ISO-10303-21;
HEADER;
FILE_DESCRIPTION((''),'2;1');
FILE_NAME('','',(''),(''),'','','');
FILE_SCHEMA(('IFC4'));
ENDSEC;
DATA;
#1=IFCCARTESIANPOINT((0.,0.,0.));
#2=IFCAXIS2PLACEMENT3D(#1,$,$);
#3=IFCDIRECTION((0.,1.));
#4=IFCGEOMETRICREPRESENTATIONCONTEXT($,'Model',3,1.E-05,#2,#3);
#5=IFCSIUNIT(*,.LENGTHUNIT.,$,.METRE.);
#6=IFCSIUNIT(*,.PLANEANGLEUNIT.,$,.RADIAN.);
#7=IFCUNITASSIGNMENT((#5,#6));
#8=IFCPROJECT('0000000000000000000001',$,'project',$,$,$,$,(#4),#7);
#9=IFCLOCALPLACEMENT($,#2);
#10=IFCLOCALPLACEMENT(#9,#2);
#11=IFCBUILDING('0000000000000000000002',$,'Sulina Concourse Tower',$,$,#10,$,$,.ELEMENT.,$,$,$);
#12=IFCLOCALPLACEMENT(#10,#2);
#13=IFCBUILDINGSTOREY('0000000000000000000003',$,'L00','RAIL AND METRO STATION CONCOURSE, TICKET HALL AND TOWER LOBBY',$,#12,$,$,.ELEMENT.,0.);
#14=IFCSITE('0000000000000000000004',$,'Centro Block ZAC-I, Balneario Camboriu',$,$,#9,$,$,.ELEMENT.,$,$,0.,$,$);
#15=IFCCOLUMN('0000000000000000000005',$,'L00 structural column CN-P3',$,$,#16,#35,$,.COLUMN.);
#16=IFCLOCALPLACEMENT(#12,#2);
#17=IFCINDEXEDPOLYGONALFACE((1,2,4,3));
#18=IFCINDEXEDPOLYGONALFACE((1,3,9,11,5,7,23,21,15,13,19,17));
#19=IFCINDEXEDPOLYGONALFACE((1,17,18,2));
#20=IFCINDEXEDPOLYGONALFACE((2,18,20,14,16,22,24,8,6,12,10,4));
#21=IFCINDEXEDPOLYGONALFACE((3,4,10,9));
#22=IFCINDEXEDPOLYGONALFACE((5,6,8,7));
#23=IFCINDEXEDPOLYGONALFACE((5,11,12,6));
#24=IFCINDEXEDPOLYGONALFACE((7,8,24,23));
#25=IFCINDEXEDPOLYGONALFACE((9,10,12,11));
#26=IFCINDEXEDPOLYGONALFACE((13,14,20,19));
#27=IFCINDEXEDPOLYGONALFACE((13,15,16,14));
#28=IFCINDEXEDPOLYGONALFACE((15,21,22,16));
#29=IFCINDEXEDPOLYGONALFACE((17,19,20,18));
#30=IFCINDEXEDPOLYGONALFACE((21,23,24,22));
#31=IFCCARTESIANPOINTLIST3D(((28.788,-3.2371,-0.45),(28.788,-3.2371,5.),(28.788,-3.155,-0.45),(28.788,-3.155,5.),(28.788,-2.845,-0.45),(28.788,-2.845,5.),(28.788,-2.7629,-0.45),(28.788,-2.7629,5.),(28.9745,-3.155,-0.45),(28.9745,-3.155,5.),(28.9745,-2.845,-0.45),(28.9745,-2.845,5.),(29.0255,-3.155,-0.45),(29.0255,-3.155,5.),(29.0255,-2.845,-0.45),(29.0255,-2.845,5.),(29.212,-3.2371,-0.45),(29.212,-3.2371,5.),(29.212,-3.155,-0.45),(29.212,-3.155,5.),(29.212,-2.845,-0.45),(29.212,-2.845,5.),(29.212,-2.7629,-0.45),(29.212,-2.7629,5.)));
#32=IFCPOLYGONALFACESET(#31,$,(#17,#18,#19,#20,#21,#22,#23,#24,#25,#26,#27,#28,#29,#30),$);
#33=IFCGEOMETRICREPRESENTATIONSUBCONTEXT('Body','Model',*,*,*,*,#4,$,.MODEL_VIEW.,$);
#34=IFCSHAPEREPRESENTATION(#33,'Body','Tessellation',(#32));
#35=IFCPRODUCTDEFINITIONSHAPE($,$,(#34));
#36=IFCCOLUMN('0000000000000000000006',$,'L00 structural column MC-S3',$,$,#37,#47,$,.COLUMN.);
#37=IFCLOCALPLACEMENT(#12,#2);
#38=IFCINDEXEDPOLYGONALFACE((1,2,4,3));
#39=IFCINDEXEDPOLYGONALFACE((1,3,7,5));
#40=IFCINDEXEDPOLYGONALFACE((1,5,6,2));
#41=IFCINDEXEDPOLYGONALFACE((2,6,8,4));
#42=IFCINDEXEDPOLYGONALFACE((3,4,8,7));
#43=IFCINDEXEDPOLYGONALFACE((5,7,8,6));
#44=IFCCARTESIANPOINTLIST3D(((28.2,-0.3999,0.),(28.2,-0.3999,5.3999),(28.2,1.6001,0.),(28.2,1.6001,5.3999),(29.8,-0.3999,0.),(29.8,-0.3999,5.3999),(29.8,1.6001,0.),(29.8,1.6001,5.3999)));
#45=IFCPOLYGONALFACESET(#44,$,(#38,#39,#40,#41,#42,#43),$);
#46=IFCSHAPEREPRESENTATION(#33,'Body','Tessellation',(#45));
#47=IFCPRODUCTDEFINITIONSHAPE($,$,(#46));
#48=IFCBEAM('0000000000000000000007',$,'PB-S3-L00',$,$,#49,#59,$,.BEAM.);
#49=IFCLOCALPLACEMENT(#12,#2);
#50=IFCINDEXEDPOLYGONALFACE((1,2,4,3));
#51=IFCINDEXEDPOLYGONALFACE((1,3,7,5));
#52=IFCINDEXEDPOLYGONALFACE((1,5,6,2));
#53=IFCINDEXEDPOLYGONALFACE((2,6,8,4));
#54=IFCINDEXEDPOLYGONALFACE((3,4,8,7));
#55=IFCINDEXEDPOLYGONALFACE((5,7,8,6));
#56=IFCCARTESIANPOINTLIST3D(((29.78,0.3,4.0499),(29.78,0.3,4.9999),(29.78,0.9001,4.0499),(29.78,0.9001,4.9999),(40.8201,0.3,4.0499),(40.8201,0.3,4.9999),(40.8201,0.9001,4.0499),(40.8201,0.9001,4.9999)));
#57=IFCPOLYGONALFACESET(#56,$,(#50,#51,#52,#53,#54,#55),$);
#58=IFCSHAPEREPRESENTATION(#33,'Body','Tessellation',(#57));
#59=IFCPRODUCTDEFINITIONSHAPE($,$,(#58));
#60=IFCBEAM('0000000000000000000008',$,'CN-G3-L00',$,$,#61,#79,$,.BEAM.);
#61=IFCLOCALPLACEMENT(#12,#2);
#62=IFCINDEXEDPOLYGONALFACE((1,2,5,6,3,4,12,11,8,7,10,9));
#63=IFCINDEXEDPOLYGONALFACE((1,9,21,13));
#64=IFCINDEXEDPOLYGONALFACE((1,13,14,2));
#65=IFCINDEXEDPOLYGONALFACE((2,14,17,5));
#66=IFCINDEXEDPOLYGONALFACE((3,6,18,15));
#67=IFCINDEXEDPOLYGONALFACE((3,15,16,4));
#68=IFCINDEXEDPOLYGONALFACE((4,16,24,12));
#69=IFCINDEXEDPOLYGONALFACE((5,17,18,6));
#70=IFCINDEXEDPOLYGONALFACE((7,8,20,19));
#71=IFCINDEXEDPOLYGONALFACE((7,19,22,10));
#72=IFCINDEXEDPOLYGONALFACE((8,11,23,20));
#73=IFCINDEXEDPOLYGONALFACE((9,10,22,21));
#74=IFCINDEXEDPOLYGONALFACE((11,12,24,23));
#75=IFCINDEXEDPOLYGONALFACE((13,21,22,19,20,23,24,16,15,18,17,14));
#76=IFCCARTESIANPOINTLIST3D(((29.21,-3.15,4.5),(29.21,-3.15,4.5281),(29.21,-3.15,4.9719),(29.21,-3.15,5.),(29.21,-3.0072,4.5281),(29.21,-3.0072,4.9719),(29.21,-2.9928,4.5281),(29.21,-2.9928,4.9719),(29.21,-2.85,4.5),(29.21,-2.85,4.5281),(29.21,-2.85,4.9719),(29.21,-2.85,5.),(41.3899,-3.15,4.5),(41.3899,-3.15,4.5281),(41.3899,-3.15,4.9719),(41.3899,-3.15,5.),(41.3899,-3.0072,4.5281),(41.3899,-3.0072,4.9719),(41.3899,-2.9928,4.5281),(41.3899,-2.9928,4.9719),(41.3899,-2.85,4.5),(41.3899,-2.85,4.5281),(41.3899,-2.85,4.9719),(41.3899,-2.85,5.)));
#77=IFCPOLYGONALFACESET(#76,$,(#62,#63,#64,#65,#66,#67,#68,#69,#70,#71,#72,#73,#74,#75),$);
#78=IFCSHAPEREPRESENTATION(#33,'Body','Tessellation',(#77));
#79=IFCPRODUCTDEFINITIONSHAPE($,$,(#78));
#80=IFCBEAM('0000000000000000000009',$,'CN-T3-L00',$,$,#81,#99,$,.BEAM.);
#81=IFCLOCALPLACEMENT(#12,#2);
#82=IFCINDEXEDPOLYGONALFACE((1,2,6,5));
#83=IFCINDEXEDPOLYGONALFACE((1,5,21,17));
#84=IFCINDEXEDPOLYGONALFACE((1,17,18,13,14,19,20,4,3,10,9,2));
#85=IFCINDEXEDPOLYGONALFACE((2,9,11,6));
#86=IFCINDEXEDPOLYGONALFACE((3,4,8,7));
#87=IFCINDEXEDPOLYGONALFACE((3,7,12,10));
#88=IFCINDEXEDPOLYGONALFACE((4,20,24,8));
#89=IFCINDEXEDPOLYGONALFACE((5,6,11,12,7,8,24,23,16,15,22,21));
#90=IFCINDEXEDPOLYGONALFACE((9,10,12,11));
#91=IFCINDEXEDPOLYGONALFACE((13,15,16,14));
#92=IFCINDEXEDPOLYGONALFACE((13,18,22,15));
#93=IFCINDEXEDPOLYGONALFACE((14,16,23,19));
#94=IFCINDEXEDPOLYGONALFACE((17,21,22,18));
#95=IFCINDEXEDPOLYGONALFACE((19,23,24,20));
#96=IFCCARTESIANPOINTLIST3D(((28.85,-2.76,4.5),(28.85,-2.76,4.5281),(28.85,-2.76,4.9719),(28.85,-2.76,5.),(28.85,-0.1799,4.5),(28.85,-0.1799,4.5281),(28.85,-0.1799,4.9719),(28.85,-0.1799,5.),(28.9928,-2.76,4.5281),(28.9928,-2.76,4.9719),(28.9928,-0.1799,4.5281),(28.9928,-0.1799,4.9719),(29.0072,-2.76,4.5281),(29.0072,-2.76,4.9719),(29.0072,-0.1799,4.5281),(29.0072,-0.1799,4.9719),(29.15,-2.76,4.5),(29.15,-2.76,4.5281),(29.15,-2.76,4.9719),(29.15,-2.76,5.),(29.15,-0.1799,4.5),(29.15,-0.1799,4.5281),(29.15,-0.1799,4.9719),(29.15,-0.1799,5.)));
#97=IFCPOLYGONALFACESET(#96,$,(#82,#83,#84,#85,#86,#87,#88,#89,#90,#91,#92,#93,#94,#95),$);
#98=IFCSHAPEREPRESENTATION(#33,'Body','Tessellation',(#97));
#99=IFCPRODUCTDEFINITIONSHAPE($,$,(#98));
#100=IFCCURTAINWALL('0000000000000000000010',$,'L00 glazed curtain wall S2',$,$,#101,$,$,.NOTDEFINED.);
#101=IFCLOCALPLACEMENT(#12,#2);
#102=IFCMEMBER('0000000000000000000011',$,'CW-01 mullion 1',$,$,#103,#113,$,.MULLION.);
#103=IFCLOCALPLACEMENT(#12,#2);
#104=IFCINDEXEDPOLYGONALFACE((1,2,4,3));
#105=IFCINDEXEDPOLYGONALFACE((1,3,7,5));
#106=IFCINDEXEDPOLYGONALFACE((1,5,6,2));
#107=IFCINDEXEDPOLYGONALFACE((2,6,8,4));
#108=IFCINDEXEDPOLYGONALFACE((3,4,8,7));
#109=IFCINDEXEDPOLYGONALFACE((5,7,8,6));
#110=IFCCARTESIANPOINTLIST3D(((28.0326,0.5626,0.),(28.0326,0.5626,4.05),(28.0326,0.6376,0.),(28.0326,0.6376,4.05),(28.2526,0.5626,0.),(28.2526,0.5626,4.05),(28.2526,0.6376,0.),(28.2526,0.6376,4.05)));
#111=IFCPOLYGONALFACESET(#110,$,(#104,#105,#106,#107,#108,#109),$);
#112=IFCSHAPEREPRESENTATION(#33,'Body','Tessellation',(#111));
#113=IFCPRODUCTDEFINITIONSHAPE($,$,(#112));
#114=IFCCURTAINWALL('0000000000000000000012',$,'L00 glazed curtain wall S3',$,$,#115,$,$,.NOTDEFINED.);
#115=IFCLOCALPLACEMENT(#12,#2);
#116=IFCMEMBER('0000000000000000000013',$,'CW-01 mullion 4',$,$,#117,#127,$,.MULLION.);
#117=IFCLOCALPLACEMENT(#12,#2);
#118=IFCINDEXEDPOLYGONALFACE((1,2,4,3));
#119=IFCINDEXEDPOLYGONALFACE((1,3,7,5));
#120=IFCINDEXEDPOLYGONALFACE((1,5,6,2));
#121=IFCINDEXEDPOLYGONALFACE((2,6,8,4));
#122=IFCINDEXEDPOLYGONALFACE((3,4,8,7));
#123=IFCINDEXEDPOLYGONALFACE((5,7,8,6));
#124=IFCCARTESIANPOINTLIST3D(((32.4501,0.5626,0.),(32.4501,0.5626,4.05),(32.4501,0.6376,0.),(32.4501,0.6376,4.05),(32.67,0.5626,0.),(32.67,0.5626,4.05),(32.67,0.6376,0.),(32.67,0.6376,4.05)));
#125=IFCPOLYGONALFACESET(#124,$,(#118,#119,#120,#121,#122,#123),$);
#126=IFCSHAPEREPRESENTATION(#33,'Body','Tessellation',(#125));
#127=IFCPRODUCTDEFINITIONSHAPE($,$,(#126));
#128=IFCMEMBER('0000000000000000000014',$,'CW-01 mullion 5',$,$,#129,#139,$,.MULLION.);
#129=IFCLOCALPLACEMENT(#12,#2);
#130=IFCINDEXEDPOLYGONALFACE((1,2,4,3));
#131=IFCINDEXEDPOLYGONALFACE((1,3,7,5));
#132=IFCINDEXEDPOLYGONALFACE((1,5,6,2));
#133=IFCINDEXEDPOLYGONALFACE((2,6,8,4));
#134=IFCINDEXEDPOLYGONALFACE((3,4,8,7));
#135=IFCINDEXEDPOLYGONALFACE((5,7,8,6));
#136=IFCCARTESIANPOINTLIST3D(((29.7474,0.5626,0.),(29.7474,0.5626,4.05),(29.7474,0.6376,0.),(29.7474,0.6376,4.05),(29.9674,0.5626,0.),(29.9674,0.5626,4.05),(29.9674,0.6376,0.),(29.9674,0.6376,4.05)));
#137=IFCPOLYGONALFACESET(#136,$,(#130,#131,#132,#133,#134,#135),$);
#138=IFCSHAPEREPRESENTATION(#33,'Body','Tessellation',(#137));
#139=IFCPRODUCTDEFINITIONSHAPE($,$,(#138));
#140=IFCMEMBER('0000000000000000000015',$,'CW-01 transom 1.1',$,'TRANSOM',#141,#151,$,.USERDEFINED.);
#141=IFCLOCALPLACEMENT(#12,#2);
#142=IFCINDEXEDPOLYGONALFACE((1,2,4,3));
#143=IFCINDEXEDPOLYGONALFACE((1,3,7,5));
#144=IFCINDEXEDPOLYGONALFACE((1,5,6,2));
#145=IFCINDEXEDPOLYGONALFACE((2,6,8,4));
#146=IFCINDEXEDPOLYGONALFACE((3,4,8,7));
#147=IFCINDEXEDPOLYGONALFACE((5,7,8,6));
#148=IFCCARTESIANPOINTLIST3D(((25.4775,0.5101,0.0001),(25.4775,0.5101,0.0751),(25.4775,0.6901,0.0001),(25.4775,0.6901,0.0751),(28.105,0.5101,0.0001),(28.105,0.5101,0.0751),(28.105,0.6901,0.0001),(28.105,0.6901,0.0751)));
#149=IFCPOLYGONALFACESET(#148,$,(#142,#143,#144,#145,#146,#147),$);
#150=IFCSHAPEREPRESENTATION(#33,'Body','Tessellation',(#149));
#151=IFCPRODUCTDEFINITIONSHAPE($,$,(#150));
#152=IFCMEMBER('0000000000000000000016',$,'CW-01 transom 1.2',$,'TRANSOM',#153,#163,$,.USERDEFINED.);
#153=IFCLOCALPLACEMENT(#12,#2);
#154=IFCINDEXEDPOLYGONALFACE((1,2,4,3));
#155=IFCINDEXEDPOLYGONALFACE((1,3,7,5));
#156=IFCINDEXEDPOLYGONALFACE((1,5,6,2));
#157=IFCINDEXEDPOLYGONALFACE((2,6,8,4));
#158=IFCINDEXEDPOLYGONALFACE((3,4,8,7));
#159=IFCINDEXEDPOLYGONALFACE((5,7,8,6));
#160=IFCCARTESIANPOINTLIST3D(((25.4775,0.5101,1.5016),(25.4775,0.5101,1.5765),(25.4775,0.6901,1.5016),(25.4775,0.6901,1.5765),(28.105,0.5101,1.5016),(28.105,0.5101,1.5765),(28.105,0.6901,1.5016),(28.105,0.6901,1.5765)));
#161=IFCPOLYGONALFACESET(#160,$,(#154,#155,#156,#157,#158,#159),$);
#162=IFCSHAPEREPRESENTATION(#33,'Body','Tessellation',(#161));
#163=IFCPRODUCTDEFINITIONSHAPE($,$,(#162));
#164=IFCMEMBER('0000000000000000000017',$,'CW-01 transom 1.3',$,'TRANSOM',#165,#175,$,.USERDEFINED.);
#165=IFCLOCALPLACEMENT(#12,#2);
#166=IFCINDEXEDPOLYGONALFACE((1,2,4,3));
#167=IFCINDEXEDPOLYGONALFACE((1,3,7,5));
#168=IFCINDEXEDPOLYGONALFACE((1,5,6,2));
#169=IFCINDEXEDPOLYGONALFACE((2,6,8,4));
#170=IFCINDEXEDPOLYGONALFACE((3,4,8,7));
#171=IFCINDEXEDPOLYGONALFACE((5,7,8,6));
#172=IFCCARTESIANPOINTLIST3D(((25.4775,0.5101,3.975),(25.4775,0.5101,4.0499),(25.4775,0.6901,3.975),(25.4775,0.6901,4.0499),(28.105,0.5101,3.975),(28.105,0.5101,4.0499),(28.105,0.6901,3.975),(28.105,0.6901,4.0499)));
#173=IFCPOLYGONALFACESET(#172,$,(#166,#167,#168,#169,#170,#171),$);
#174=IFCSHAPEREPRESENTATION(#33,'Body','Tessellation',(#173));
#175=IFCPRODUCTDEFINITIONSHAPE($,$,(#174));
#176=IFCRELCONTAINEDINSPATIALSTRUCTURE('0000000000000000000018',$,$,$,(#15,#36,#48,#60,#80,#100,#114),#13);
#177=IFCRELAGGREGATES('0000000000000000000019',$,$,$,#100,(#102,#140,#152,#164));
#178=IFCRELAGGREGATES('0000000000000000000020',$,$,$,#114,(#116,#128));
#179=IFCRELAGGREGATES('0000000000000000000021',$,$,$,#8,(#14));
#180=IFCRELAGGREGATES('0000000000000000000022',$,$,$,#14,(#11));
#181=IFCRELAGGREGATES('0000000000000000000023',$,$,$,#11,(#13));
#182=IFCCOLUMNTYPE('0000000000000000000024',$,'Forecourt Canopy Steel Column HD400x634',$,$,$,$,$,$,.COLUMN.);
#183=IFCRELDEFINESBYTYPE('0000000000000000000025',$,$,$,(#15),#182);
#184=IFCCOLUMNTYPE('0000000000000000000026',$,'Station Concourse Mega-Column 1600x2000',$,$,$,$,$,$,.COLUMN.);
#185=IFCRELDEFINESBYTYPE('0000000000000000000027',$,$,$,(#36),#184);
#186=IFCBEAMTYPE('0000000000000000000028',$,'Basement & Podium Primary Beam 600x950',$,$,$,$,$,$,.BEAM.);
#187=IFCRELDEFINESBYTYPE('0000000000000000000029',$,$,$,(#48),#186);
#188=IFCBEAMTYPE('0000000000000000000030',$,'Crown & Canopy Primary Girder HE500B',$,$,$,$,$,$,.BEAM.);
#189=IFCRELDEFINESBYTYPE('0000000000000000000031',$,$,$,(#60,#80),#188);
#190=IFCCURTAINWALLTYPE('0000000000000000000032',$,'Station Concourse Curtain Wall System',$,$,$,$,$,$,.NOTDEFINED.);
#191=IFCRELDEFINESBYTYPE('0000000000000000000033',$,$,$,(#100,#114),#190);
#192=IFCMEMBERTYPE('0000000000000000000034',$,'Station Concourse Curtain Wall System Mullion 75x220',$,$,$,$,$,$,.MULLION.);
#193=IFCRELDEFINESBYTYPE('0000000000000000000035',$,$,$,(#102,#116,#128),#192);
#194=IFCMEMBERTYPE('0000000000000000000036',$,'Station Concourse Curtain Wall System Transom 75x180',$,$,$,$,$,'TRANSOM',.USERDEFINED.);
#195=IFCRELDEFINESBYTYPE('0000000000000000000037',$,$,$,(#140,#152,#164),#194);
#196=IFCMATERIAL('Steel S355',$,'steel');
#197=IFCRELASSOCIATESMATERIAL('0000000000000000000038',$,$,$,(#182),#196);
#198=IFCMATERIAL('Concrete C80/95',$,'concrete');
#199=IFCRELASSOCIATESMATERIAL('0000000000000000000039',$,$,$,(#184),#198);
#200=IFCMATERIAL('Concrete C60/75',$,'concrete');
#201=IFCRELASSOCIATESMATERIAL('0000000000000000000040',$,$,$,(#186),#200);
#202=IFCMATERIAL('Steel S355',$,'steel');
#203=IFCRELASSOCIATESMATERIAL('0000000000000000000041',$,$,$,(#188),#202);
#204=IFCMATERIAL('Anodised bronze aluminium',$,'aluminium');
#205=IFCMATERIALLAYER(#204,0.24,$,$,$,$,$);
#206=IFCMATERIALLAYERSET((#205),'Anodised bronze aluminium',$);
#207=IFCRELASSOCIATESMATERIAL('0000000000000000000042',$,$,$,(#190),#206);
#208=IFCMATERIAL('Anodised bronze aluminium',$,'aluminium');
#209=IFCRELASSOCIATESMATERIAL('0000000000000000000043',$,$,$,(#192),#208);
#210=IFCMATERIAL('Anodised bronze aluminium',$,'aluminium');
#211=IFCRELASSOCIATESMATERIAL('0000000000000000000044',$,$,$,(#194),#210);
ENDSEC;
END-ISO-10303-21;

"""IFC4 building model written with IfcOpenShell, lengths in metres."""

from ifc_helpers import new_model, si_unit, direction, frame, origin, origin_2d, place, context, subcontext, project, spatial, rectangle, i_section, extrude, material, layer, layer_set, material_profile, profile_set, type_object, element, aggregate, save


model = new_model("IFC4")

# Units and contexts
model_context = context("Model", 3, precision=1e-05, world=origin(), true_north=direction((0.0, 1.0)))
body_context = subcontext(model_context, "Body", "Model", "MODEL_VIEW")
ifc_project = project(units=[si_unit("LENGTHUNIT", "METRE"), si_unit("PLANEANGLEUNIT", "RADIAN")], contexts=[model_context])

# Site, building, storey
site_placement = place(None, origin())
site = spatial("IfcSite", under=ifc_project, at=site_placement, Name="Centro Block ZAC-I, Balneario Camboriu", CompositionType="ELEMENT", RefElevation=0.0)
building_placement = place(site_placement, origin())
building = spatial("IfcBuilding", under=site, at=building_placement, Name="Sulina Concourse Tower", CompositionType="ELEMENT")
storey_placement = place(building_placement, origin())
storey = spatial("IfcBuildingStorey", under=building, at=storey_placement, Name="L00", Description="RAIL AND METRO STATION CONCOURSE, TICKET HALL AND TOWER LOBBY", CompositionType="ELEMENT", Elevation=0.0)

# Columns
ifc_material_1 = material(Name="Steel S355", Category="steel")
ifc_material_profile_1 = material_profile(ifc_material_1, i_section(OverallWidth=0.4241, OverallDepth=0.4741, WebThickness=0.051, FlangeThickness=0.082, at=origin_2d()), Name="HD 400x634")
ifc_profile_set_1 = profile_set([ifc_material_profile_1], Name="Steel S355")
column_type_1 = type_object("IfcColumnType", Name="Forecourt Canopy Steel Column HD400x634", PredefinedType="COLUMN", material=ifc_profile_set_1)
column_1_placement = place(storey_placement, frame((29.0, -3.0, -0.45), z_axis=(0.0, 0.0, 1.0), x_axis=(1.0, 0.0, 0.0)))
element("IfcColumn", 1, at=column_1_placement, inside=storey, type_object=column_type_1, Name="L00 structural column CN-P3", PredefinedType="COLUMN", context=body_context, shape_type="SweptSolid", body=[
    extrude(i_section(OverallWidth=0.4241, OverallDepth=0.4741, WebThickness=0.051, FlangeThickness=0.082, at=origin_2d()), origin(), (0.0, 0.0, 1.0), 5.45),
])
ifc_material_2 = material(Name="Concrete C80/95", Category="concrete")
ifc_material_profile_2 = material_profile(ifc_material_2, rectangle(XDim=1.6001, YDim=2.0, at=origin_2d()), Name="RC 1600x2000")
ifc_profile_set_2 = profile_set([ifc_material_profile_2], Name="Concrete C80/95")
column_type_2 = type_object("IfcColumnType", Name="Station Concourse Mega-Column 1600x2000", PredefinedType="COLUMN", material=ifc_profile_set_2)
column_2_placement = place(storey_placement, frame((29.0, 0.6001, 0.0), z_axis=(0.0, 0.0, 1.0), x_axis=(1.0, 0.0, 0.0)))
element("IfcColumn", 2, at=column_2_placement, inside=storey, type_object=column_type_2, Name="L00 structural column MC-S3", PredefinedType="COLUMN", context=body_context, shape_type="SweptSolid", body=[
    extrude(rectangle(XDim=1.6001, YDim=2.0, at=origin_2d()), origin(), (0.0, 0.0, 1.0), 5.3999),
])

# Beams
ifc_material_3 = material(Name="Concrete C60/75", Category="concrete")
ifc_material_profile_3 = material_profile(ifc_material_3, rectangle(XDim=0.6001, YDim=0.95, at=origin_2d()), Name="RC 600x950")
ifc_profile_set_3 = profile_set([ifc_material_profile_3], Name="Concrete C60/75")
beam_type_1 = type_object("IfcBeamType", Name="Basement & Podium Primary Beam 600x950", PredefinedType="BEAM", material=ifc_profile_set_3)
beam_1_placement = place(storey_placement, frame((29.78, 0.6001, 4.5249), z_axis=(1.0, 0.0, 0.0), x_axis=(0.0, 1.0, 0.0)))
element("IfcBeam", 3, at=beam_1_placement, inside=storey, type_object=beam_type_1, Name="PB-S3-L00", PredefinedType="BEAM", context=body_context, shape_type="SweptSolid", body=[
    extrude(rectangle(XDim=0.6001, YDim=0.95, at=origin_2d()), origin(), (0.0, 0.0, 1.0), 11.04),
])
ifc_material_4 = material(Name="Steel S355", Category="steel")
ifc_material_profile_4 = material_profile(ifc_material_4, i_section(OverallWidth=0.3, OverallDepth=0.5, WebThickness=0.0144, FlangeThickness=0.0281, at=origin_2d()), Name="HE 500 B")
ifc_profile_set_4 = profile_set([ifc_material_profile_4], Name="Steel S355")
beam_type_2 = type_object("IfcBeamType", Name="Crown & Canopy Primary Girder HE500B", PredefinedType="BEAM", material=ifc_profile_set_4)
beam_2_placement = place(storey_placement, frame((29.21, -3.0, 4.75), z_axis=(1.0, 0.0, 0.0), x_axis=(0.0, 1.0, 0.0)))
element("IfcBeam", 4, at=beam_2_placement, inside=storey, type_object=beam_type_2, Name="CN-G3-L00", PredefinedType="BEAM", context=body_context, shape_type="SweptSolid", body=[
    extrude(i_section(OverallWidth=0.3, OverallDepth=0.5, WebThickness=0.0144, FlangeThickness=0.0281, at=origin_2d()), origin(), (0.0, 0.0, 1.0), 12.1799),
])
beam_3_placement = place(storey_placement, frame((29.0, -2.76, 4.75), z_axis=(0.0, 1.0, 0.0), x_axis=(-1.0, 0.0, 0.0)))
element("IfcBeam", 5, at=beam_3_placement, inside=storey, type_object=beam_type_2, Name="CN-T3-L00", PredefinedType="BEAM", context=body_context, shape_type="SweptSolid", body=[
    extrude(i_section(OverallWidth=0.3, OverallDepth=0.5, WebThickness=0.0144, FlangeThickness=0.0281, at=origin_2d()), origin(), (0.0, 0.0, 1.0), 2.5801),
])

# Curtain wall, member
ifc_material_5 = material(Name="Anodised bronze aluminium", Category="aluminium")
ifc_layer_1 = layer(ifc_material_5, 0.24)
ifc_layer_set_1 = layer_set([ifc_layer_1], Name="Anodised bronze aluminium")
curtain_wall_type = type_object("IfcCurtainWallType", Name="Station Concourse Curtain Wall System", PredefinedType="NOTDEFINED", material=ifc_layer_set_1)
curtain_wall_1_placement = place(storey_placement, origin())
curtain_wall_1 = element("IfcCurtainWall", 6, at=curtain_wall_1_placement, inside=storey, type_object=curtain_wall_type, Name="L00 glazed curtain wall S2", PredefinedType="NOTDEFINED")
ifc_material_6 = material(Name="Anodised bronze aluminium", Category="aluminium")
ifc_material_profile_5 = material_profile(ifc_material_6, rectangle(XDim=0.075, YDim=0.22, at=origin_2d()), Name="MUL 75x220")
ifc_profile_set_5 = profile_set([ifc_material_profile_5], Name="Anodised bronze aluminium")
member_type_1 = type_object("IfcMemberType", Name="Station Concourse Curtain Wall System Mullion 75x220", PredefinedType="MULLION", material=ifc_profile_set_5)
member_1_placement = place(storey_placement, frame((28.1426, 0.6001, 0.0), z_axis=(0.0, 0.0, 1.0), x_axis=(0.0, -1.0, 0.0)))
member_1 = element("IfcMember", 7, at=member_1_placement, type_object=member_type_1, Name="CW-01 mullion 1", PredefinedType="MULLION", context=body_context, shape_type="SweptSolid", body=[
    extrude(rectangle(XDim=0.075, YDim=0.22, at=origin_2d()), origin(), (0.0, 0.0, 1.0), 4.05),
])

# Curtain wall, members
curtain_wall_2_placement = place(storey_placement, origin())
curtain_wall_2 = element("IfcCurtainWall", 8, at=curtain_wall_2_placement, inside=storey, type_object=curtain_wall_type, Name="L00 glazed curtain wall S3", PredefinedType="NOTDEFINED")
member_2_placement = place(storey_placement, frame((32.5601, 0.6001, 0.0), z_axis=(0.0, 0.0, 1.0), x_axis=(0.0, -1.0, 0.0)))
member_2 = element("IfcMember", 9, at=member_2_placement, type_object=member_type_1, Name="CW-01 mullion 4", PredefinedType="MULLION", context=body_context, shape_type="SweptSolid", body=[
    extrude(rectangle(XDim=0.075, YDim=0.22, at=origin_2d()), origin(), (0.0, 0.0, 1.0), 4.05),
])
member_3_placement = place(storey_placement, frame((29.8574, 0.6001, 0.0), z_axis=(0.0, 0.0, 1.0), x_axis=(0.0, -1.0, 0.0)))
member_3 = element("IfcMember", 10, at=member_3_placement, type_object=member_type_1, Name="CW-01 mullion 5", PredefinedType="MULLION", context=body_context, shape_type="SweptSolid", body=[
    extrude(rectangle(XDim=0.075, YDim=0.22, at=origin_2d()), origin(), (0.0, 0.0, 1.0), 4.05),
])

# Members
ifc_material_7 = material(Name="Anodised bronze aluminium", Category="aluminium")
ifc_material_profile_6 = material_profile(ifc_material_7, rectangle(XDim=0.1799, YDim=0.075, at=origin_2d()), Name="TRN 75x180")
ifc_profile_set_6 = profile_set([ifc_material_profile_6], Name="Anodised bronze aluminium")
member_type_2 = type_object("IfcMemberType", Name="Station Concourse Curtain Wall System Transom 75x180", ElementType="TRANSOM", PredefinedType="USERDEFINED", material=ifc_profile_set_6)
member_4_placement = place(storey_placement, frame((28.105, 0.6001, 0.0376), z_axis=(-1.0, 0.0, 0.0), x_axis=(0.0, -1.0, 0.0)))
member_4 = element("IfcMember", 11, at=member_4_placement, type_object=member_type_2, Name="CW-01 transom 1.1", ObjectType="TRANSOM", PredefinedType="USERDEFINED", context=body_context, shape_type="SweptSolid", body=[
    extrude(rectangle(XDim=0.1799, YDim=0.075, at=origin_2d()), origin(), (0.0, 0.0, 1.0), 2.6274),
])
member_5_placement = place(storey_placement, frame((28.105, 0.6001, 1.5391), z_axis=(-1.0, 0.0, 0.0), x_axis=(0.0, -1.0, 0.0)))
member_5 = element("IfcMember", 12, at=member_5_placement, type_object=member_type_2, Name="CW-01 transom 1.2", ObjectType="TRANSOM", PredefinedType="USERDEFINED", context=body_context, shape_type="SweptSolid", body=[
    extrude(rectangle(XDim=0.1799, YDim=0.075, at=origin_2d()), origin(), (0.0, 0.0, 1.0), 2.6274),
])
member_6_placement = place(storey_placement, frame((28.105, 0.6001, 4.0125), z_axis=(-1.0, 0.0, 0.0), x_axis=(0.0, -1.0, 0.0)))
member_6 = element("IfcMember", 13, at=member_6_placement, type_object=member_type_2, Name="CW-01 transom 1.3", ObjectType="TRANSOM", PredefinedType="USERDEFINED", context=body_context, shape_type="SweptSolid", body=[
    extrude(rectangle(XDim=0.1799, YDim=0.075, at=origin_2d()), origin(), (0.0, 0.0, 1.0), 2.6274),
])

aggregate(curtain_wall_1, [member_1, member_4, member_5, member_6])
aggregate(curtain_wall_2, [member_2, member_3])

save(model, "model.ifc")
